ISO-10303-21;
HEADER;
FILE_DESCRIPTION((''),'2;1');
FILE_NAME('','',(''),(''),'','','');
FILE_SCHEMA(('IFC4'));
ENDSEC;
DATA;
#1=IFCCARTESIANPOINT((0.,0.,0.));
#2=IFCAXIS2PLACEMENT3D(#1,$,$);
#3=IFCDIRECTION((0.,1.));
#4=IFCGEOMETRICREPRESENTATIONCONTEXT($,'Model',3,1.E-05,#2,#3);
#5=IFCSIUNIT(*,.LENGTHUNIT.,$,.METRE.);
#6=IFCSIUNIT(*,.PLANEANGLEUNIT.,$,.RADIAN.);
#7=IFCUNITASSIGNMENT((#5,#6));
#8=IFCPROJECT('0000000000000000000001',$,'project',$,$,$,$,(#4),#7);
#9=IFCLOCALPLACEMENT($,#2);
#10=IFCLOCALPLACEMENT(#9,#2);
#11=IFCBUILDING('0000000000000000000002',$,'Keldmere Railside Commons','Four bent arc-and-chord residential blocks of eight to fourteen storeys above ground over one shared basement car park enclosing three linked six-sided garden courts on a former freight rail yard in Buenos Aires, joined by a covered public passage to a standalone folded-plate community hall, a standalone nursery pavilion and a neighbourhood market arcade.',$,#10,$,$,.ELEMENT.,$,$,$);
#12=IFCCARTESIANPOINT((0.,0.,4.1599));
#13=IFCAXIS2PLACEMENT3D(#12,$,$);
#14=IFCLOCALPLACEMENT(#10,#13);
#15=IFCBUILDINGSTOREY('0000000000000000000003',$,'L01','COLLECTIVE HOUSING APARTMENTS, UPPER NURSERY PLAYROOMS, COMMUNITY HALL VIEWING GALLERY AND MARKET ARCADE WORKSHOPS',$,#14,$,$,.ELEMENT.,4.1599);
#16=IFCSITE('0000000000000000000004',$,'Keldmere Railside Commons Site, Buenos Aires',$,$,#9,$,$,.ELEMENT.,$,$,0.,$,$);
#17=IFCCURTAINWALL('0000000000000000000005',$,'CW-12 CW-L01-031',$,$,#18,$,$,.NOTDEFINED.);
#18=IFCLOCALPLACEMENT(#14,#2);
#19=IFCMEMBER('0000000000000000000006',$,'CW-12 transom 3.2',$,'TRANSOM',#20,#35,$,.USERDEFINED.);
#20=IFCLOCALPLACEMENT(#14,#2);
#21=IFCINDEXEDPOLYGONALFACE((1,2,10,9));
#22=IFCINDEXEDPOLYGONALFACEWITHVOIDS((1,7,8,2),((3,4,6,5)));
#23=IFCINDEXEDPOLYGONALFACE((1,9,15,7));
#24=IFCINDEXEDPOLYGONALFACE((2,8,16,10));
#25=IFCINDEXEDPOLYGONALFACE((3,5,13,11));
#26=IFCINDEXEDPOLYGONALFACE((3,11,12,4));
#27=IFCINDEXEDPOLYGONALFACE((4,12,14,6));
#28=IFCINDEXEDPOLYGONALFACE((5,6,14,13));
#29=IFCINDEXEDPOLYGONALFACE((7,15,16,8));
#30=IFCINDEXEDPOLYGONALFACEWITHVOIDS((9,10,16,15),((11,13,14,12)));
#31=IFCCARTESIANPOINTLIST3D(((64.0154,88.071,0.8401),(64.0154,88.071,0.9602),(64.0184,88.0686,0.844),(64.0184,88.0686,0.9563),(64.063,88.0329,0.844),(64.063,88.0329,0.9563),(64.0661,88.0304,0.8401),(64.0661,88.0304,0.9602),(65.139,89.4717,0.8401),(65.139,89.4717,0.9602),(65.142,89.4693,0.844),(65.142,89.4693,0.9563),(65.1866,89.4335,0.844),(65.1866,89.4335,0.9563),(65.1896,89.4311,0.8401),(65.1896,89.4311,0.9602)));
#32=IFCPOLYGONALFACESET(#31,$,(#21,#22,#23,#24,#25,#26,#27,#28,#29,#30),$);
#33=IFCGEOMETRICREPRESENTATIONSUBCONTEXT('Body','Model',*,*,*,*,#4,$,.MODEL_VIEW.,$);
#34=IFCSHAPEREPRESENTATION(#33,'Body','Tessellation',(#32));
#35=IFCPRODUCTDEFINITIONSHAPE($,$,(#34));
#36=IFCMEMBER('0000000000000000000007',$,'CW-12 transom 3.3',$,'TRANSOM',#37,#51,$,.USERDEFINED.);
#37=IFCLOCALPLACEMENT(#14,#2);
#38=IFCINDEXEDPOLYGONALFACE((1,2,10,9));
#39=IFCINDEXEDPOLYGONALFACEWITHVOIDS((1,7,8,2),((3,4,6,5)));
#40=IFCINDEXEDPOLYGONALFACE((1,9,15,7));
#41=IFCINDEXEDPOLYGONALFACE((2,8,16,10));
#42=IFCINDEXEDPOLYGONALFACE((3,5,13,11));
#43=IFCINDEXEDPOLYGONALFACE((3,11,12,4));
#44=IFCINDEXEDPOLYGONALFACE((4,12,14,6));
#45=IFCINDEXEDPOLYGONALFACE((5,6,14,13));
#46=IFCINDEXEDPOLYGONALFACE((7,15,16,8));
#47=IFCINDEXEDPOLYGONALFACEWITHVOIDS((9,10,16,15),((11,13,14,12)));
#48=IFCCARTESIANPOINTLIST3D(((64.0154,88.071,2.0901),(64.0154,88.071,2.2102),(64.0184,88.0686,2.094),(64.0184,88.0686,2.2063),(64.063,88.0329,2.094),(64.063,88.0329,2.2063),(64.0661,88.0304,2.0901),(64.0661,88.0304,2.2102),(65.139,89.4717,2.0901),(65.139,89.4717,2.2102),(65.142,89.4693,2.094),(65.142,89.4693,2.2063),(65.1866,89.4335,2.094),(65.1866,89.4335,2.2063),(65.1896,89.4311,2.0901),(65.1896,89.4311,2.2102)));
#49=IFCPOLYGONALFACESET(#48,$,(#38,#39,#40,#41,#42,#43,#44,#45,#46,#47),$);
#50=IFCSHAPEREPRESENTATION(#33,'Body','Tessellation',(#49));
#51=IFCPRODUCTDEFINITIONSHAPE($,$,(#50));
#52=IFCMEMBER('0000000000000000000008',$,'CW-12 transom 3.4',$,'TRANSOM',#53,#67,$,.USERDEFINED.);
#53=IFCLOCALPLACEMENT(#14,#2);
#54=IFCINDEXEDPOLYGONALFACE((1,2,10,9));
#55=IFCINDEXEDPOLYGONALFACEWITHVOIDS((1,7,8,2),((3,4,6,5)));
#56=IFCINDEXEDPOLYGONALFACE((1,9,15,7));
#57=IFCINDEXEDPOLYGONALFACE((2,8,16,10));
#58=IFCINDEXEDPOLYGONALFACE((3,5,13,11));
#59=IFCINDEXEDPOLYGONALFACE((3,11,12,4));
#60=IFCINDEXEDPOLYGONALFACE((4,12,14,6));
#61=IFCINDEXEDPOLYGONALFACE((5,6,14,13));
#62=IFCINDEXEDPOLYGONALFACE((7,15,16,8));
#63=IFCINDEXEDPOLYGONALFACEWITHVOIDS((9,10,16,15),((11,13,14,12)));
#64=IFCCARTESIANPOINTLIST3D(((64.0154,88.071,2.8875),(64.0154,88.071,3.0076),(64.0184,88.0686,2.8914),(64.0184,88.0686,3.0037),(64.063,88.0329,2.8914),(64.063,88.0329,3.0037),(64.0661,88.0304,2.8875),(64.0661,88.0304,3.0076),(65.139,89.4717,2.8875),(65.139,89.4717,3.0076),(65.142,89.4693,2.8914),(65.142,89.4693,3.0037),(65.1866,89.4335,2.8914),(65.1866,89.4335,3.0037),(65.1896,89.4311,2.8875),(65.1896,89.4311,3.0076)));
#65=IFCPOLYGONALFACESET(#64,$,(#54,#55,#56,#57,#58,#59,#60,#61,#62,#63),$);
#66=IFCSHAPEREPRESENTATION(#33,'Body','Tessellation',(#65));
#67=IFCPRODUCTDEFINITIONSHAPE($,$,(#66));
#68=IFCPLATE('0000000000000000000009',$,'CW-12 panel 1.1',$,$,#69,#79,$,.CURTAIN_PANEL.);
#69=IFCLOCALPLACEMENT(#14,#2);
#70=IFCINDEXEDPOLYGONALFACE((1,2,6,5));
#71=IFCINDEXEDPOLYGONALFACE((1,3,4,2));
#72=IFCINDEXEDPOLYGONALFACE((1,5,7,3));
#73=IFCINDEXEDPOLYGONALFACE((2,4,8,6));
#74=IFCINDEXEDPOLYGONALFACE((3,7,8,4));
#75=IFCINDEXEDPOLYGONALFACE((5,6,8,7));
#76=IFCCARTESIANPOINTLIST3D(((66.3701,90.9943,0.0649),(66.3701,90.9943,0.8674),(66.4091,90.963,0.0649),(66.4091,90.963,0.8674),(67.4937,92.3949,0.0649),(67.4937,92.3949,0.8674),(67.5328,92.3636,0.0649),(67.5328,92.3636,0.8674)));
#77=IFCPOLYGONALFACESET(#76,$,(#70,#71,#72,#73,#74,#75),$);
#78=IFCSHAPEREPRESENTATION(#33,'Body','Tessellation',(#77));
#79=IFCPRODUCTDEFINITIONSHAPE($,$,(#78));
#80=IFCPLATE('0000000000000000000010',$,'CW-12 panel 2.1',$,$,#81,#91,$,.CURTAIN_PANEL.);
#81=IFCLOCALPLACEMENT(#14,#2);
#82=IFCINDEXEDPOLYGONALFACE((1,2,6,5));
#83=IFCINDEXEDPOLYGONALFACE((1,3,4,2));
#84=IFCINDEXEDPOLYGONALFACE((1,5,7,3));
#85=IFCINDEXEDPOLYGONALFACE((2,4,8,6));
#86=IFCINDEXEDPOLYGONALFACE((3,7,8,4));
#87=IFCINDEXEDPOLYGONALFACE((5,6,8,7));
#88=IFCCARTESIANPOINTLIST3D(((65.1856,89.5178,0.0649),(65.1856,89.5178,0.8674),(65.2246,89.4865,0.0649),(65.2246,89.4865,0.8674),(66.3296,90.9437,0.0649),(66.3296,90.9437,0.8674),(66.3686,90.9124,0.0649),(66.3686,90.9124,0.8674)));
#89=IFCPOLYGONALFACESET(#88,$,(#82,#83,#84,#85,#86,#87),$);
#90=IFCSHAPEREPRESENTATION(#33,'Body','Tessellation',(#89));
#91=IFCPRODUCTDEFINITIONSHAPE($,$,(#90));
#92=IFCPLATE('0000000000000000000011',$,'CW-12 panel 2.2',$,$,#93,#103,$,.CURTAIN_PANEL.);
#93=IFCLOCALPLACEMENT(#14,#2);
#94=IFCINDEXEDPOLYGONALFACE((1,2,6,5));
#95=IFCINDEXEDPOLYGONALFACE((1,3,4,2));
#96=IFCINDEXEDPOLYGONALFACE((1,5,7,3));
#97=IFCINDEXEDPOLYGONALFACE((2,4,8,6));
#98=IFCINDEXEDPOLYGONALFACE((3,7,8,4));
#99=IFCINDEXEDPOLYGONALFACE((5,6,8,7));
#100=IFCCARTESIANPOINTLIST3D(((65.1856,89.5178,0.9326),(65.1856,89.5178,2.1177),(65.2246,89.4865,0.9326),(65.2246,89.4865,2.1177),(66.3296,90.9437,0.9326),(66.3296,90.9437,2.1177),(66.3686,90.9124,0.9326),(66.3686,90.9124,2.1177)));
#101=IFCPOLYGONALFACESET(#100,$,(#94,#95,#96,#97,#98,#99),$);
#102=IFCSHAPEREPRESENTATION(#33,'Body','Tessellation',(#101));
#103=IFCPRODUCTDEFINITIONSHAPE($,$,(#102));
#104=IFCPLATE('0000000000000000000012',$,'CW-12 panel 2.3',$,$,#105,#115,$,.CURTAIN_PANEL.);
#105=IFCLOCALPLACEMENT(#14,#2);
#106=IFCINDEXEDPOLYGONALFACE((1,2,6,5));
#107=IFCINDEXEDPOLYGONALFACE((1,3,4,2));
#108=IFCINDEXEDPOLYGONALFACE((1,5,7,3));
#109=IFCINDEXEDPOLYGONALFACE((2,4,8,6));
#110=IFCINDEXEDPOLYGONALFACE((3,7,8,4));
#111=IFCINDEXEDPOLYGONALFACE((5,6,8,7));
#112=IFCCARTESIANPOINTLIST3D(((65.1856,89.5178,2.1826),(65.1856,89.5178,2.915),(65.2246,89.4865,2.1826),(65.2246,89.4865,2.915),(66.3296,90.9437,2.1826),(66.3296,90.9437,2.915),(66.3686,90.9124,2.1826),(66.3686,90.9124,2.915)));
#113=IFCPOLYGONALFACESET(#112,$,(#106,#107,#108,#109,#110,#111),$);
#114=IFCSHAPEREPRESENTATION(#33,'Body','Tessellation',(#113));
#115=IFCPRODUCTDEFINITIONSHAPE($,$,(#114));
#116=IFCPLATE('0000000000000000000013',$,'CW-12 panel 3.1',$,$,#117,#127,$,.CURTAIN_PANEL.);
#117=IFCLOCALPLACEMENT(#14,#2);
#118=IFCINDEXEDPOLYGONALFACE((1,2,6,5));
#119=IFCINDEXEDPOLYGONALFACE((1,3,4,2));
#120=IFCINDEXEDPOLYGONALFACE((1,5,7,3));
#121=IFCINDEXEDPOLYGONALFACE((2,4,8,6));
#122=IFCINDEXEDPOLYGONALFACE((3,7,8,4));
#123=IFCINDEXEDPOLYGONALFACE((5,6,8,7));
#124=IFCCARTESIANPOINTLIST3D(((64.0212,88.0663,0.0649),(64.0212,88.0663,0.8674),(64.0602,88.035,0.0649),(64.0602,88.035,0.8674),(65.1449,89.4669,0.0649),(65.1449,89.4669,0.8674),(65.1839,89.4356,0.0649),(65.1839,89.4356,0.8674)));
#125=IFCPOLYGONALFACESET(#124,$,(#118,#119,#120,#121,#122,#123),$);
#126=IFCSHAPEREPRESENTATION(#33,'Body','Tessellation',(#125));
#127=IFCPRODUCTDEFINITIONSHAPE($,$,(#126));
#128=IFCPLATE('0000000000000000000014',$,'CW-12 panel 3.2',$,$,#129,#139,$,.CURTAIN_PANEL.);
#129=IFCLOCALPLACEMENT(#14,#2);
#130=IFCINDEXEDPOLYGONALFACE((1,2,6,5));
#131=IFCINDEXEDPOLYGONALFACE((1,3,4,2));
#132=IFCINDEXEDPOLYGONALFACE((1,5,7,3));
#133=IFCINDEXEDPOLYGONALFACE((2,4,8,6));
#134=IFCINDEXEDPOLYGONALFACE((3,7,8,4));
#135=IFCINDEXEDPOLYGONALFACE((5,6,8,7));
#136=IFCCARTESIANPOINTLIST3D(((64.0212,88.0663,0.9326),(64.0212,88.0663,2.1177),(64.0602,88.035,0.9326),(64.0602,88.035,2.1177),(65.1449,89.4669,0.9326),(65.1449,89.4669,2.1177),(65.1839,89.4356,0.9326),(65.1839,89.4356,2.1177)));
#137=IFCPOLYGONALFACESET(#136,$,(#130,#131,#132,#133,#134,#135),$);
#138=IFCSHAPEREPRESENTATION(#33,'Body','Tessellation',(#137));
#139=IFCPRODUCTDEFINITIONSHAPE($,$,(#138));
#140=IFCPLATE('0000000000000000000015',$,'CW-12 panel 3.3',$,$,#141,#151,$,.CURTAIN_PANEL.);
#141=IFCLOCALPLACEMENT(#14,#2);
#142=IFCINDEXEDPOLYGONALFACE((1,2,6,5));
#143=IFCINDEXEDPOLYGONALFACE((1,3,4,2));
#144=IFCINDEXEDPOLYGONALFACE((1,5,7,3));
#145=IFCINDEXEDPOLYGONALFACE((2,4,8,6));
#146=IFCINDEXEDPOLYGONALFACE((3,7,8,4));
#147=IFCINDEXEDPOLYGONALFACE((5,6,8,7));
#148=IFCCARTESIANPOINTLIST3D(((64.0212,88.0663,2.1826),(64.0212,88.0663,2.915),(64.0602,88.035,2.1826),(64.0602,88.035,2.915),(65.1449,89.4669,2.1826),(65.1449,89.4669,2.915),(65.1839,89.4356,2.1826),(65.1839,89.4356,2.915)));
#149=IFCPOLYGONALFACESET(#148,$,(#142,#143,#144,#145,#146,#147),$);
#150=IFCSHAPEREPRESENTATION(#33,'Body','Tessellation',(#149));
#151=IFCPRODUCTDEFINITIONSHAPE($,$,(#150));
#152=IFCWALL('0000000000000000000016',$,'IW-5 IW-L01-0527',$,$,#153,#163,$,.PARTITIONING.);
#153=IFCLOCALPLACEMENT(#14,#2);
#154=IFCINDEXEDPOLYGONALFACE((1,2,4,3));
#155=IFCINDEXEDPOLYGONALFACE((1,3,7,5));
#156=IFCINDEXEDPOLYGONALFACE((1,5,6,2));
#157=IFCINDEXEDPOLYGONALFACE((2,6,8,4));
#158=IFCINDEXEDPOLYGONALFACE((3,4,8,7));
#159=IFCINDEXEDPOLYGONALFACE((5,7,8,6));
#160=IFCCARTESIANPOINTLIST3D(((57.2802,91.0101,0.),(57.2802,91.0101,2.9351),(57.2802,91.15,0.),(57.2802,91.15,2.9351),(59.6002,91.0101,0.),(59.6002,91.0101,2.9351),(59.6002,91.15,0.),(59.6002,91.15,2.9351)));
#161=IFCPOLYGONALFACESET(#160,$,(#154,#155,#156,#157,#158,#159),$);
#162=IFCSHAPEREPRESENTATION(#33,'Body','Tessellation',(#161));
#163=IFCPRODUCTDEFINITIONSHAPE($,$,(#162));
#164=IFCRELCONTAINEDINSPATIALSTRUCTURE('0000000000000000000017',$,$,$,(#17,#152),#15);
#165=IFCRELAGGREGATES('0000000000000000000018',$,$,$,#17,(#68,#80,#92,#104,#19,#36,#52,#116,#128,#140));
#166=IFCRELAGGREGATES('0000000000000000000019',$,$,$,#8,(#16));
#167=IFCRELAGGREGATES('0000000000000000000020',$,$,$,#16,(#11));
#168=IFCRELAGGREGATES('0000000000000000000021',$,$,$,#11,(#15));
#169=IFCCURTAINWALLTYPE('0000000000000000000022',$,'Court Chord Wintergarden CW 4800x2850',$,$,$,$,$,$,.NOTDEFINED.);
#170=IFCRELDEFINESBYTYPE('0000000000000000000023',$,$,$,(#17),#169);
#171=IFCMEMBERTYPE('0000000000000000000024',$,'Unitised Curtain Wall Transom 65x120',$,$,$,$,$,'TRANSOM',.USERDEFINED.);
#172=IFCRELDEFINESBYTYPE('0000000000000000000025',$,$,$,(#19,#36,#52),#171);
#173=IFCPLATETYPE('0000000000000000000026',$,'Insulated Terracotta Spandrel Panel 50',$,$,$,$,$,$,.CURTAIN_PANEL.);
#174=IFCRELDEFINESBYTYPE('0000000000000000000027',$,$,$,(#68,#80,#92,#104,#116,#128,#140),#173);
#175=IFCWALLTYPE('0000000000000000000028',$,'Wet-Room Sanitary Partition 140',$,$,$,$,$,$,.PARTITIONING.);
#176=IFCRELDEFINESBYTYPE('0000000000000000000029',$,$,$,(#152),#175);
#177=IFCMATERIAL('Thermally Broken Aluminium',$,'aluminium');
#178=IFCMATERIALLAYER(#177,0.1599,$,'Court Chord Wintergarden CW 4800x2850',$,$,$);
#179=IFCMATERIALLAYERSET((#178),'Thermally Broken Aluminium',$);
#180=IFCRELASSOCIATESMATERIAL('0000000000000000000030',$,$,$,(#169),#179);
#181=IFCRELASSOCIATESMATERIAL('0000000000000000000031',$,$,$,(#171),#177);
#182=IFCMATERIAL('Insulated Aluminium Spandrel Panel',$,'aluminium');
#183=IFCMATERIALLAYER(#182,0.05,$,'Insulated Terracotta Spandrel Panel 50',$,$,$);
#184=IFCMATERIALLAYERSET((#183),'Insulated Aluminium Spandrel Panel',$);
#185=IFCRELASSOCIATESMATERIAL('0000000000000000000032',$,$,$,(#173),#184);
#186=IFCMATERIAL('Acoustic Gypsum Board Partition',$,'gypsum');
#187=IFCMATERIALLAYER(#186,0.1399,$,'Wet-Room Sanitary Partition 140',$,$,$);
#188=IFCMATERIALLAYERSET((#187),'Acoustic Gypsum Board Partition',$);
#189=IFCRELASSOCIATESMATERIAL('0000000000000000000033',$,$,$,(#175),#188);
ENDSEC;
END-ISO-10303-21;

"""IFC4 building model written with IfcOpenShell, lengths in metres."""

from ifc_helpers import new_model, si_unit, direction, frame, frame_2d, origin, origin_2d, place, context, subcontext, project, spatial, rectangle, hollow_rectangle, extrude, material, layer, layer_set, material_profile, profile_set, type_object, element, aggregate, save


model = new_model("IFC4")

# Units and contexts
model_context = context("Model", 3, precision=1e-05, world=origin(), true_north=direction((0.0, 1.0)))
body_context = subcontext(model_context, "Body", "Model", "MODEL_VIEW")
ifc_project = project(units=[si_unit("LENGTHUNIT", "METRE"), si_unit("PLANEANGLEUNIT", "RADIAN")], contexts=[model_context])

# Site, building, storey
site_placement = place(None, origin())
site = spatial("IfcSite", under=ifc_project, at=site_placement, Name="Keldmere Railside Commons Site, Buenos Aires", CompositionType="ELEMENT", RefElevation=0.0)
building_placement = place(site_placement, origin())
building = spatial("IfcBuilding", under=site, at=building_placement, Name="Keldmere Railside Commons", Description="Four bent arc-and-chord residential blocks of eight to fourteen storeys above ground over one shared basement car park enclosing three linked six-sided garden courts on a former freight rail yard in Buenos Aires, joined by a covered public passage to a standalone folded-plate community hall, a standalone nursery pavilion and a neighbourhood market arcade.", CompositionType="ELEMENT")
storey_placement = place(building_placement, frame((0.0, 0.0, 4.1599)))
storey = spatial("IfcBuildingStorey", under=building, at=storey_placement, Name="L01", Description="COLLECTIVE HOUSING APARTMENTS, UPPER NURSERY PLAYROOMS, COMMUNITY HALL VIEWING GALLERY AND MARKET ARCADE WORKSHOPS", CompositionType="ELEMENT", Elevation=4.1599)

# Curtain wall, members, plates
ifc_material_1 = material(Name="Thermally Broken Aluminium", Category="aluminium")
ifc_layer_1 = layer(ifc_material_1, 0.1599, Name="Court Chord Wintergarden CW 4800x2850")
ifc_layer_set_1 = layer_set([ifc_layer_1], Name="Thermally Broken Aluminium")
curtain_wall_type = type_object("IfcCurtainWallType", Name="Court Chord Wintergarden CW 4800x2850", PredefinedType="NOTDEFINED", material=ifc_layer_set_1)
curtain_wall_placement = place(storey_placement, origin())
curtain_wall = element("IfcCurtainWall", 1, at=curtain_wall_placement, inside=storey, type_object=curtain_wall_type, Name="CW-12 CW-L01-031", PredefinedType="NOTDEFINED")
ifc_material_profile_1 = material_profile(ifc_material_1, hollow_rectangle(XDim=0.0649, YDim=0.1201, WallThickness=0.0039, at=origin_2d()), Name="ALU-TRAN-65x120")
ifc_profile_set_1 = profile_set([ifc_material_profile_1], Name="Thermally Broken Aluminium")
member_type_1 = type_object("IfcMemberType", Name="Unitised Curtain Wall Transom 65x120", ElementType="TRANSOM", PredefinedType="USERDEFINED", material=ifc_profile_set_1)
member_1_placement = place(storey_placement, frame((65.1643, 89.4514, 0.9001), z_axis=(-0.625723, -0.780046, 0.0), x_axis=(0.780046, -0.625723, 0.0)))
member_1 = element("IfcMember", 2, at=member_1_placement, type_object=member_type_1, Name="CW-12 transom 3.2", ObjectType="TRANSOM", PredefinedType="USERDEFINED", context=body_context, shape_type="SweptSolid", body=[
    extrude(hollow_rectangle(XDim=0.0649, YDim=0.1201, WallThickness=0.0039, at=origin_2d()), origin(), (0.0, 0.0, 1.0), 1.7957),
])
member_2_placement = place(storey_placement, frame((65.1643, 89.4514, 2.1501), z_axis=(-0.625723, -0.780046, 0.0), x_axis=(0.780046, -0.625723, 0.0)))
member_2 = element("IfcMember", 3, at=member_2_placement, type_object=member_type_1, Name="CW-12 transom 3.3", ObjectType="TRANSOM", PredefinedType="USERDEFINED", context=body_context, shape_type="SweptSolid", body=[
    extrude(hollow_rectangle(XDim=0.0649, YDim=0.1201, WallThickness=0.0039, at=origin_2d()), origin(), (0.0, 0.0, 1.0), 1.7957),
])
member_3_placement = place(storey_placement, frame((65.1643, 89.4514, 2.9475), z_axis=(-0.625723, -0.780046, 0.0), x_axis=(0.780046, -0.625723, 0.0)))
member_3 = element("IfcMember", 4, at=member_3_placement, type_object=member_type_1, Name="CW-12 transom 3.4", ObjectType="TRANSOM", PredefinedType="USERDEFINED", context=body_context, shape_type="SweptSolid", body=[
    extrude(hollow_rectangle(XDim=0.0649, YDim=0.1201, WallThickness=0.0039, at=origin_2d()), origin(), (0.0, 0.0, 1.0), 1.7957),
])
ifc_material_2 = material(Name="Insulated Aluminium Spandrel Panel", Category="aluminium")
ifc_layer_2 = layer(ifc_material_2, 0.05, Name="Insulated Terracotta Spandrel Panel 50")
ifc_layer_set_2 = layer_set([ifc_layer_2], Name="Insulated Aluminium Spandrel Panel")
plate_type = type_object("IfcPlateType", Name="Insulated Terracotta Spandrel Panel 50", PredefinedType="CURTAIN_PANEL", material=ifc_layer_set_2)
plate_1_placement = place(storey_placement, frame((66.9514, 91.679, 0.0649), z_axis=(0.0, 0.0, 1.0), x_axis=(-0.625768, -0.780009, 0.0)))
plate_1 = element("IfcPlate", 5, at=plate_1_placement, type_object=plate_type, Name="CW-12 panel 1.1", PredefinedType="CURTAIN_PANEL", context=body_context, shape_type="SweptSolid", body=[
    extrude(rectangle(XDim=1.7957, YDim=0.05, at=origin_2d()), origin(), (0.0, 0.0, 1.0), 0.8025),
])
plate_2_placement = place(storey_placement, frame((65.7771, 90.2151, 0.0649), z_axis=(0.0, 0.0, 1.0), x_axis=(-0.625768, -0.780009, 0.0)))
plate_2 = element("IfcPlate", 6, at=plate_2_placement, type_object=plate_type, Name="CW-12 panel 2.1", PredefinedType="CURTAIN_PANEL", context=body_context, shape_type="SweptSolid", body=[
    extrude(rectangle(XDim=1.8281, YDim=0.05, at=origin_2d()), origin(), (0.0, 0.0, 1.0), 0.8025),
])
plate_3_placement = place(storey_placement, frame((65.7771, 90.2151, 0.9326), z_axis=(0.0, 0.0, 1.0), x_axis=(-0.625768, -0.780009, 0.0)))
plate_3 = element("IfcPlate", 7, at=plate_3_placement, type_object=plate_type, Name="CW-12 panel 2.2", PredefinedType="CURTAIN_PANEL", context=body_context, shape_type="SweptSolid", body=[
    extrude(rectangle(XDim=1.8281, YDim=0.05, at=origin_2d()), origin(), (0.0, 0.0, 1.0), 1.1851),
])
plate_4_placement = place(storey_placement, frame((65.7771, 90.2151, 2.1826), z_axis=(0.0, 0.0, 1.0), x_axis=(-0.625768, -0.780009, 0.0)))
plate_4 = element("IfcPlate", 8, at=plate_4_placement, type_object=plate_type, Name="CW-12 panel 2.3", PredefinedType="CURTAIN_PANEL", context=body_context, shape_type="SweptSolid", body=[
    extrude(rectangle(XDim=1.8281, YDim=0.05, at=origin_2d()), origin(), (0.0, 0.0, 1.0), 0.7324),
])
plate_5_placement = place(storey_placement, frame((64.6025, 88.751, 0.0649), z_axis=(0.0, 0.0, 1.0), x_axis=(-0.625768, -0.780009, 0.0)))
plate_5 = element("IfcPlate", 9, at=plate_5_placement, type_object=plate_type, Name="CW-12 panel 3.1", PredefinedType="CURTAIN_PANEL", context=body_context, shape_type="SweptSolid", body=[
    extrude(rectangle(XDim=1.7957, YDim=0.05, at=origin_2d()), origin(), (0.0, 0.0, 1.0), 0.8025),
])
plate_6_placement = place(storey_placement, frame((64.6025, 88.751, 0.9326), z_axis=(0.0, 0.0, 1.0), x_axis=(-0.625768, -0.780009, 0.0)))
plate_6 = element("IfcPlate", 10, at=plate_6_placement, type_object=plate_type, Name="CW-12 panel 3.2", PredefinedType="CURTAIN_PANEL", context=body_context, shape_type="SweptSolid", body=[
    extrude(rectangle(XDim=1.7957, YDim=0.05, at=origin_2d()), origin(), (0.0, 0.0, 1.0), 1.1851),
])
plate_7_placement = place(storey_placement, frame((64.6025, 88.751, 2.1826), z_axis=(0.0, 0.0, 1.0), x_axis=(-0.625768, -0.780009, 0.0)))
plate_7 = element("IfcPlate", 11, at=plate_7_placement, type_object=plate_type, Name="CW-12 panel 3.3", PredefinedType="CURTAIN_PANEL", context=body_context, shape_type="SweptSolid", body=[
    extrude(rectangle(XDim=1.7957, YDim=0.05, at=origin_2d()), origin(), (0.0, 0.0, 1.0), 0.7324),
])
aggregate(curtain_wall, [plate_1, plate_2, plate_3, plate_4, member_1, member_2, member_3, plate_5, plate_6, plate_7])

# Wall
ifc_material_3 = material(Name="Acoustic Gypsum Board Partition", Category="gypsum")
ifc_layer_3 = layer(ifc_material_3, 0.1399, Name="Wet-Room Sanitary Partition 140")
ifc_layer_set_3 = layer_set([ifc_layer_3], Name="Acoustic Gypsum Board Partition")
wall_type = type_object("IfcWallType", Name="Wet-Room Sanitary Partition 140", PredefinedType="PARTITIONING", material=ifc_layer_set_3)
wall_placement = place(storey_placement, frame((57.28, 91.0801, 0.0), z_axis=(0.0, 0.0, 1.0), x_axis=(1.0, 0.0, 0.0)))
element("IfcWall", 12, at=wall_placement, inside=storey, type_object=wall_type, Name="IW-5 IW-L01-0527", PredefinedType="PARTITIONING", context=body_context, shape_type="SweptSolid", body=[
    extrude(rectangle(XDim=2.3201, YDim=0.1399, at=frame_2d((1.1602, 0.0))), origin(), (0.0, 0.0, 1.0), 2.9351),
])

save(model, "model.ifc")
